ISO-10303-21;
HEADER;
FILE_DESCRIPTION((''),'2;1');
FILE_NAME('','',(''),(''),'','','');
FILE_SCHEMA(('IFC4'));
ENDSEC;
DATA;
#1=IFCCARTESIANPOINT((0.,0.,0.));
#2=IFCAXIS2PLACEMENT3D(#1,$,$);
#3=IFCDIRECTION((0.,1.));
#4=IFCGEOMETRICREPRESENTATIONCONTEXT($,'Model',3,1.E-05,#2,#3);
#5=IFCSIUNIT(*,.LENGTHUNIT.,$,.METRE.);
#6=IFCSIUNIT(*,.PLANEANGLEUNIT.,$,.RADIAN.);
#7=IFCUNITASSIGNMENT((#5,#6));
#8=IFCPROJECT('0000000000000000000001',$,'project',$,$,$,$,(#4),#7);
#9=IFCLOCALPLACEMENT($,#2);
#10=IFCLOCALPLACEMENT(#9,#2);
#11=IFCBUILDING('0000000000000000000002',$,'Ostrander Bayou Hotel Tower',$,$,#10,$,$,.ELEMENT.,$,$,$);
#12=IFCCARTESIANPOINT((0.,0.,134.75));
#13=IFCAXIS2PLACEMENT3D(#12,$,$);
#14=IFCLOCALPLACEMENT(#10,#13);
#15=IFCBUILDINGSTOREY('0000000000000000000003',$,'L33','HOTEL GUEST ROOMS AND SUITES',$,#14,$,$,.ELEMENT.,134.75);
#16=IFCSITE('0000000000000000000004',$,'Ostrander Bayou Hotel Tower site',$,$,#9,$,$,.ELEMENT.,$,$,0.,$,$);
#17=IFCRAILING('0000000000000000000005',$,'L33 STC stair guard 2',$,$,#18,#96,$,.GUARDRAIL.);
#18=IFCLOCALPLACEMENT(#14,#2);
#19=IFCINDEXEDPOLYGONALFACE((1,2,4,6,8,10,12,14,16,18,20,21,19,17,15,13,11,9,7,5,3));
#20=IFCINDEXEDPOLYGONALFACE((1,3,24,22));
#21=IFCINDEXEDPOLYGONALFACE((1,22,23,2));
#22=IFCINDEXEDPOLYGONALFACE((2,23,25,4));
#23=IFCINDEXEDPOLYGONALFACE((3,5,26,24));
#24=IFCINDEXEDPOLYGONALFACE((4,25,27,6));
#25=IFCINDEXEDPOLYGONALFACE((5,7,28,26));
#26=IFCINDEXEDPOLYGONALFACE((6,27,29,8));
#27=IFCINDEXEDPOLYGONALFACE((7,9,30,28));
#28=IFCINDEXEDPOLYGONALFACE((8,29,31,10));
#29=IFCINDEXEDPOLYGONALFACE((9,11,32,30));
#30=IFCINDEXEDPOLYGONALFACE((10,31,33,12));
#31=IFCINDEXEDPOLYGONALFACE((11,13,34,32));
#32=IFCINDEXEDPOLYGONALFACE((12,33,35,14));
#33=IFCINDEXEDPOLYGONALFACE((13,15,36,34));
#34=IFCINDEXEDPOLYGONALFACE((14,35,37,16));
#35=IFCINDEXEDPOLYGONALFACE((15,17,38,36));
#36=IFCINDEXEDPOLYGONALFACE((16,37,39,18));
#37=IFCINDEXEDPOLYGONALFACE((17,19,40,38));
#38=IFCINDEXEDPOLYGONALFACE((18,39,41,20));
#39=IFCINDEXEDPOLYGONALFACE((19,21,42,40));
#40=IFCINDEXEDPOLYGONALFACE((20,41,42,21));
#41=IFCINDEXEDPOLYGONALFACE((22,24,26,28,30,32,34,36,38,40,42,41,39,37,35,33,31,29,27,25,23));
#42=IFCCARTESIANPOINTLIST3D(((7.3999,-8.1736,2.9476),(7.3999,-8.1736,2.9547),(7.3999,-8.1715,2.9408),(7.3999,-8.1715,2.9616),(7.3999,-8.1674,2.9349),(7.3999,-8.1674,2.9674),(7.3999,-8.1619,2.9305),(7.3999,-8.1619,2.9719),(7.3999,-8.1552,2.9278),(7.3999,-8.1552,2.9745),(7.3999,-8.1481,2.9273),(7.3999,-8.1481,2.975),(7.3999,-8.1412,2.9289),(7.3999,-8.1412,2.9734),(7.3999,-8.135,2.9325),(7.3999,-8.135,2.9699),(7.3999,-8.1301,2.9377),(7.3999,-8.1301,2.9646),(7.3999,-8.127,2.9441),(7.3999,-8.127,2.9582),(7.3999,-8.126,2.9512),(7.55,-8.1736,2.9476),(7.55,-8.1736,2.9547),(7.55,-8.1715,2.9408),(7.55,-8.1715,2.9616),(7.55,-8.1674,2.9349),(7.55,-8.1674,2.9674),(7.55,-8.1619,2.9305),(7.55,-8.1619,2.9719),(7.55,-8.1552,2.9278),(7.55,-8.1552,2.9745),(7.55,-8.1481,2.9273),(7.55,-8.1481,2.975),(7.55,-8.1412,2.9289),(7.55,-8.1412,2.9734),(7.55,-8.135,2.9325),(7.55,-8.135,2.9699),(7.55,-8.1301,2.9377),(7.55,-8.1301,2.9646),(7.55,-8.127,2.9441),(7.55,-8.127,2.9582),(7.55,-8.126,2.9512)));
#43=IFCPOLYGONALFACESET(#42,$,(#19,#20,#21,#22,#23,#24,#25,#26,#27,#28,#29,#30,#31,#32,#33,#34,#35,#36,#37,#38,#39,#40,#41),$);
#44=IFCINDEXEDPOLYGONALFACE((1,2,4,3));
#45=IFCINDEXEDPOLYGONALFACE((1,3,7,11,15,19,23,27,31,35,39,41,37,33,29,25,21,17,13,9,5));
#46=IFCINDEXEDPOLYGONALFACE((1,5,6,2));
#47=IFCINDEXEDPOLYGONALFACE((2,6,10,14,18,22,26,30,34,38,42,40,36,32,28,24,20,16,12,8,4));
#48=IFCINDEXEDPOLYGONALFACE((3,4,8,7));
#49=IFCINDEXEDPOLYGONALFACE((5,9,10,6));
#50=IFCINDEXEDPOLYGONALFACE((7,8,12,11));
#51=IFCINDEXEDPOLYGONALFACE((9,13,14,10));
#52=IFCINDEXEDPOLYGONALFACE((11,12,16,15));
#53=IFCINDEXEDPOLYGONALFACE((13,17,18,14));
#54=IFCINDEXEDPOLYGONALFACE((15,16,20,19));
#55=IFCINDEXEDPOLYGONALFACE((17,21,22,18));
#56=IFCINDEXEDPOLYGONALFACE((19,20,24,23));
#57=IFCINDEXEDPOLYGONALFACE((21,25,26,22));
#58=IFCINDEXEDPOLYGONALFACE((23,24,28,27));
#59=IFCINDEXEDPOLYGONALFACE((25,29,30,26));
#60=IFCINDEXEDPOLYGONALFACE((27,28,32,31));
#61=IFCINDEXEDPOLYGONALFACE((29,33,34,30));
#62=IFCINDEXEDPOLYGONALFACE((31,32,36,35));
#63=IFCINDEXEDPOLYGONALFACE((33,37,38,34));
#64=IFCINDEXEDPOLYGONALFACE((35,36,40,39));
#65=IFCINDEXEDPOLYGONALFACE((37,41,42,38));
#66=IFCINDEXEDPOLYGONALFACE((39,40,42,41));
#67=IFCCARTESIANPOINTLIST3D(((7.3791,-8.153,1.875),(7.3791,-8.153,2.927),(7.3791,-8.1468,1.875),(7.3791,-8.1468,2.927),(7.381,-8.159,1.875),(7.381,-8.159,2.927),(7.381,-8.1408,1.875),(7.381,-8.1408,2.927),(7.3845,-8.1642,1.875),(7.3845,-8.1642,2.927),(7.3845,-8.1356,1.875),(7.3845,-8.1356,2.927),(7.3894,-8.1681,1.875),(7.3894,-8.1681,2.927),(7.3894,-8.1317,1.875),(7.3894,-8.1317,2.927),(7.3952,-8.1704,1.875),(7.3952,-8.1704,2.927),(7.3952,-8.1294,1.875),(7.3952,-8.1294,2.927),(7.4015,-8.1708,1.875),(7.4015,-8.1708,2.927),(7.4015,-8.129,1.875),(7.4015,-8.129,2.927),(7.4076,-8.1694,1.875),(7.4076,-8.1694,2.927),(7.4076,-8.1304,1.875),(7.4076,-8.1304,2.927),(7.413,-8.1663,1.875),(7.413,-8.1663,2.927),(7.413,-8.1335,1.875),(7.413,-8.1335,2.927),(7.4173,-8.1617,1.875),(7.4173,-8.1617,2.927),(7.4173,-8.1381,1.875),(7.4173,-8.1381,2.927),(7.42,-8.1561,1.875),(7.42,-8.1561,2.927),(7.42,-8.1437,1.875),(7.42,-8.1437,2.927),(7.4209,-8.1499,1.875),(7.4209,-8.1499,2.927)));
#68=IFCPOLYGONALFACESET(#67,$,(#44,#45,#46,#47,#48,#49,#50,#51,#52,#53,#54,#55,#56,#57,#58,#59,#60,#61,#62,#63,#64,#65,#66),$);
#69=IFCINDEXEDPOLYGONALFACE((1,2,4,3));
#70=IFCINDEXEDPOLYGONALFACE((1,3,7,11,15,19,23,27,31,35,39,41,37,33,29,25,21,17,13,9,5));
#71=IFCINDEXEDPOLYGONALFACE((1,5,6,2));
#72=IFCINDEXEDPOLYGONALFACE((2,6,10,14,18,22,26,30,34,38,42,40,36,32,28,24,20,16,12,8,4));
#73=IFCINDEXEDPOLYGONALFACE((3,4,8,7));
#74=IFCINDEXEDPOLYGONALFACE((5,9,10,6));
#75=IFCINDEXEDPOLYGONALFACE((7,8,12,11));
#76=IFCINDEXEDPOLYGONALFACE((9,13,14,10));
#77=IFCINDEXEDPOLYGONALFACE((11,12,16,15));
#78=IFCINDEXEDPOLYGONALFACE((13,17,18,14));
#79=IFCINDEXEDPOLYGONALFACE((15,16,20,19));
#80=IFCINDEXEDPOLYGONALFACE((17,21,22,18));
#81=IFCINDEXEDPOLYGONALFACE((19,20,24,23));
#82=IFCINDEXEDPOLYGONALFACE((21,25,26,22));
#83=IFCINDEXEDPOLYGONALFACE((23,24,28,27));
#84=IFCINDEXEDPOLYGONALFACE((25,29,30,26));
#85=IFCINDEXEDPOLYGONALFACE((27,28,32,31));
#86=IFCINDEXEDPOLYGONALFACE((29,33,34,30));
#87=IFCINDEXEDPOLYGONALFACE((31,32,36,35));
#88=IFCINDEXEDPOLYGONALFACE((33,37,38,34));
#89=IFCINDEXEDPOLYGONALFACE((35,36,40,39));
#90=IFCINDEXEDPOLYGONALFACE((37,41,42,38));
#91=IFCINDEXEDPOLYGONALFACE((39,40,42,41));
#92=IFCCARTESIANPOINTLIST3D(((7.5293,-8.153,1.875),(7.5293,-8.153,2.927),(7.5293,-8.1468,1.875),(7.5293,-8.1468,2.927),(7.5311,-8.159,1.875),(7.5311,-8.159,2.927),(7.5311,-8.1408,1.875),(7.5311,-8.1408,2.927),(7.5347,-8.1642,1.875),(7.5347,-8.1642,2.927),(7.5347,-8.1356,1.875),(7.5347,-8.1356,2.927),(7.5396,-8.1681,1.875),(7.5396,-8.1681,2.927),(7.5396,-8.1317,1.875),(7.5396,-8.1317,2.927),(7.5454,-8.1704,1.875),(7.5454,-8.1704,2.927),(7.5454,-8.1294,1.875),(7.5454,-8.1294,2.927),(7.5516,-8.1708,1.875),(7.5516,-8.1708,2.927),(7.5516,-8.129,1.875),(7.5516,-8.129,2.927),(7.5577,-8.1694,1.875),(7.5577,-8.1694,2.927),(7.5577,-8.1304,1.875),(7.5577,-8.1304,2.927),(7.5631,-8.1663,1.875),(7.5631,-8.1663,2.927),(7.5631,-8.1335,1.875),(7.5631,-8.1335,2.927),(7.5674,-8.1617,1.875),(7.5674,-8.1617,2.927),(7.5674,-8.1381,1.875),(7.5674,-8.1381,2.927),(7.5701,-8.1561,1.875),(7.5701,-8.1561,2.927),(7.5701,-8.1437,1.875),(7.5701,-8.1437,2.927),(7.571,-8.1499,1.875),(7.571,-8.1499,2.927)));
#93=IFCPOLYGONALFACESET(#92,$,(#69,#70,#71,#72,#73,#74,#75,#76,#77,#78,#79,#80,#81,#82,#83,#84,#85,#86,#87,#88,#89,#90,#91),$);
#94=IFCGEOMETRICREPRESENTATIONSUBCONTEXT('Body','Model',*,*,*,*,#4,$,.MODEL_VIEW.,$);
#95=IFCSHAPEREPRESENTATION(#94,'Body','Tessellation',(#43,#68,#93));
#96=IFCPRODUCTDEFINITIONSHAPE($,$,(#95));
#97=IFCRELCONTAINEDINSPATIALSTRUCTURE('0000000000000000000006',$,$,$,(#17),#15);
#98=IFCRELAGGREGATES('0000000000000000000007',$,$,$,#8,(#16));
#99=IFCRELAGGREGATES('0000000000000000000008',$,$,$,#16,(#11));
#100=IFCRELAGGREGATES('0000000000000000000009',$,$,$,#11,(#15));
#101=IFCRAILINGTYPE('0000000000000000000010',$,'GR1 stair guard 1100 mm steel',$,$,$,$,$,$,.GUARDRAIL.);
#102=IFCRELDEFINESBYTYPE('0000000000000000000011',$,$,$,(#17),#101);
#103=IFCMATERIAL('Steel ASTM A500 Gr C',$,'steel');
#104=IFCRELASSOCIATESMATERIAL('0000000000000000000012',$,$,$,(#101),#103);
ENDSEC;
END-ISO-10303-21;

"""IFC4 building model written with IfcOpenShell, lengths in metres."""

from ifc_helpers import new_model, si_unit, direction, frame, origin, origin_2d, place, context, subcontext, project, spatial, circle, extrude, material, type_object, element, save


model = new_model("IFC4")

# Units and contexts
model_context = context("Model", 3, precision=1e-05, world=origin(), true_north=direction((0.0, 1.0)))
body_context = subcontext(model_context, "Body", "Model", "MODEL_VIEW")
ifc_project = project(units=[si_unit("LENGTHUNIT", "METRE"), si_unit("PLANEANGLEUNIT", "RADIAN")], contexts=[model_context])

# Site, building, storey
site_placement = place(None, origin())
site = spatial("IfcSite", under=ifc_project, at=site_placement, Name="Ostrander Bayou Hotel Tower site", CompositionType="ELEMENT", RefElevation=0.0)
building_placement = place(site_placement, origin())
building = spatial("IfcBuilding", under=site, at=building_placement, Name="Ostrander Bayou Hotel Tower", CompositionType="ELEMENT")
storey_placement = place(building_placement, frame((0.0, 0.0, 134.75)))
storey = spatial("IfcBuildingStorey", under=building, at=storey_placement, Name="L33", Description="HOTEL GUEST ROOMS AND SUITES", CompositionType="ELEMENT", Elevation=134.75)

# Railing
ifc_material_1 = material(Name="Steel ASTM A500 Gr C", Category="steel")
railing_type = type_object("IfcRailingType", Name="GR1 stair guard 1100 mm steel", PredefinedType="GUARDRAIL", material=ifc_material_1)
railing_placement = place(storey_placement, frame((7.3999, -8.1499, 1.875)))
element("IfcRailing", 1, at=railing_placement, inside=storey, type_object=railing_type, Name="L33 STC stair guard 2", PredefinedType="GUARDRAIL", context=body_context, shape_type="SweptSolid", body=[
    extrude(circle(Radius=0.0239, at=origin_2d()), frame((0.0, 0.0, 1.0762), z_axis=(1.0, 0.0, 0.0), x_axis=(0.0, 1.0, 0.0)), (0.0, 0.0, 1.0), 0.1501),
    extrude(circle(Radius=0.021, at=origin_2d()), origin(), (0.0, 0.0, 1.0), 1.052),
    extrude(circle(Radius=0.021, at=origin_2d()), frame((0.1501, 0.0, 0.0)), (0.0, 0.0, 1.0), 1.052),
])

save(model, "model.ifc")
